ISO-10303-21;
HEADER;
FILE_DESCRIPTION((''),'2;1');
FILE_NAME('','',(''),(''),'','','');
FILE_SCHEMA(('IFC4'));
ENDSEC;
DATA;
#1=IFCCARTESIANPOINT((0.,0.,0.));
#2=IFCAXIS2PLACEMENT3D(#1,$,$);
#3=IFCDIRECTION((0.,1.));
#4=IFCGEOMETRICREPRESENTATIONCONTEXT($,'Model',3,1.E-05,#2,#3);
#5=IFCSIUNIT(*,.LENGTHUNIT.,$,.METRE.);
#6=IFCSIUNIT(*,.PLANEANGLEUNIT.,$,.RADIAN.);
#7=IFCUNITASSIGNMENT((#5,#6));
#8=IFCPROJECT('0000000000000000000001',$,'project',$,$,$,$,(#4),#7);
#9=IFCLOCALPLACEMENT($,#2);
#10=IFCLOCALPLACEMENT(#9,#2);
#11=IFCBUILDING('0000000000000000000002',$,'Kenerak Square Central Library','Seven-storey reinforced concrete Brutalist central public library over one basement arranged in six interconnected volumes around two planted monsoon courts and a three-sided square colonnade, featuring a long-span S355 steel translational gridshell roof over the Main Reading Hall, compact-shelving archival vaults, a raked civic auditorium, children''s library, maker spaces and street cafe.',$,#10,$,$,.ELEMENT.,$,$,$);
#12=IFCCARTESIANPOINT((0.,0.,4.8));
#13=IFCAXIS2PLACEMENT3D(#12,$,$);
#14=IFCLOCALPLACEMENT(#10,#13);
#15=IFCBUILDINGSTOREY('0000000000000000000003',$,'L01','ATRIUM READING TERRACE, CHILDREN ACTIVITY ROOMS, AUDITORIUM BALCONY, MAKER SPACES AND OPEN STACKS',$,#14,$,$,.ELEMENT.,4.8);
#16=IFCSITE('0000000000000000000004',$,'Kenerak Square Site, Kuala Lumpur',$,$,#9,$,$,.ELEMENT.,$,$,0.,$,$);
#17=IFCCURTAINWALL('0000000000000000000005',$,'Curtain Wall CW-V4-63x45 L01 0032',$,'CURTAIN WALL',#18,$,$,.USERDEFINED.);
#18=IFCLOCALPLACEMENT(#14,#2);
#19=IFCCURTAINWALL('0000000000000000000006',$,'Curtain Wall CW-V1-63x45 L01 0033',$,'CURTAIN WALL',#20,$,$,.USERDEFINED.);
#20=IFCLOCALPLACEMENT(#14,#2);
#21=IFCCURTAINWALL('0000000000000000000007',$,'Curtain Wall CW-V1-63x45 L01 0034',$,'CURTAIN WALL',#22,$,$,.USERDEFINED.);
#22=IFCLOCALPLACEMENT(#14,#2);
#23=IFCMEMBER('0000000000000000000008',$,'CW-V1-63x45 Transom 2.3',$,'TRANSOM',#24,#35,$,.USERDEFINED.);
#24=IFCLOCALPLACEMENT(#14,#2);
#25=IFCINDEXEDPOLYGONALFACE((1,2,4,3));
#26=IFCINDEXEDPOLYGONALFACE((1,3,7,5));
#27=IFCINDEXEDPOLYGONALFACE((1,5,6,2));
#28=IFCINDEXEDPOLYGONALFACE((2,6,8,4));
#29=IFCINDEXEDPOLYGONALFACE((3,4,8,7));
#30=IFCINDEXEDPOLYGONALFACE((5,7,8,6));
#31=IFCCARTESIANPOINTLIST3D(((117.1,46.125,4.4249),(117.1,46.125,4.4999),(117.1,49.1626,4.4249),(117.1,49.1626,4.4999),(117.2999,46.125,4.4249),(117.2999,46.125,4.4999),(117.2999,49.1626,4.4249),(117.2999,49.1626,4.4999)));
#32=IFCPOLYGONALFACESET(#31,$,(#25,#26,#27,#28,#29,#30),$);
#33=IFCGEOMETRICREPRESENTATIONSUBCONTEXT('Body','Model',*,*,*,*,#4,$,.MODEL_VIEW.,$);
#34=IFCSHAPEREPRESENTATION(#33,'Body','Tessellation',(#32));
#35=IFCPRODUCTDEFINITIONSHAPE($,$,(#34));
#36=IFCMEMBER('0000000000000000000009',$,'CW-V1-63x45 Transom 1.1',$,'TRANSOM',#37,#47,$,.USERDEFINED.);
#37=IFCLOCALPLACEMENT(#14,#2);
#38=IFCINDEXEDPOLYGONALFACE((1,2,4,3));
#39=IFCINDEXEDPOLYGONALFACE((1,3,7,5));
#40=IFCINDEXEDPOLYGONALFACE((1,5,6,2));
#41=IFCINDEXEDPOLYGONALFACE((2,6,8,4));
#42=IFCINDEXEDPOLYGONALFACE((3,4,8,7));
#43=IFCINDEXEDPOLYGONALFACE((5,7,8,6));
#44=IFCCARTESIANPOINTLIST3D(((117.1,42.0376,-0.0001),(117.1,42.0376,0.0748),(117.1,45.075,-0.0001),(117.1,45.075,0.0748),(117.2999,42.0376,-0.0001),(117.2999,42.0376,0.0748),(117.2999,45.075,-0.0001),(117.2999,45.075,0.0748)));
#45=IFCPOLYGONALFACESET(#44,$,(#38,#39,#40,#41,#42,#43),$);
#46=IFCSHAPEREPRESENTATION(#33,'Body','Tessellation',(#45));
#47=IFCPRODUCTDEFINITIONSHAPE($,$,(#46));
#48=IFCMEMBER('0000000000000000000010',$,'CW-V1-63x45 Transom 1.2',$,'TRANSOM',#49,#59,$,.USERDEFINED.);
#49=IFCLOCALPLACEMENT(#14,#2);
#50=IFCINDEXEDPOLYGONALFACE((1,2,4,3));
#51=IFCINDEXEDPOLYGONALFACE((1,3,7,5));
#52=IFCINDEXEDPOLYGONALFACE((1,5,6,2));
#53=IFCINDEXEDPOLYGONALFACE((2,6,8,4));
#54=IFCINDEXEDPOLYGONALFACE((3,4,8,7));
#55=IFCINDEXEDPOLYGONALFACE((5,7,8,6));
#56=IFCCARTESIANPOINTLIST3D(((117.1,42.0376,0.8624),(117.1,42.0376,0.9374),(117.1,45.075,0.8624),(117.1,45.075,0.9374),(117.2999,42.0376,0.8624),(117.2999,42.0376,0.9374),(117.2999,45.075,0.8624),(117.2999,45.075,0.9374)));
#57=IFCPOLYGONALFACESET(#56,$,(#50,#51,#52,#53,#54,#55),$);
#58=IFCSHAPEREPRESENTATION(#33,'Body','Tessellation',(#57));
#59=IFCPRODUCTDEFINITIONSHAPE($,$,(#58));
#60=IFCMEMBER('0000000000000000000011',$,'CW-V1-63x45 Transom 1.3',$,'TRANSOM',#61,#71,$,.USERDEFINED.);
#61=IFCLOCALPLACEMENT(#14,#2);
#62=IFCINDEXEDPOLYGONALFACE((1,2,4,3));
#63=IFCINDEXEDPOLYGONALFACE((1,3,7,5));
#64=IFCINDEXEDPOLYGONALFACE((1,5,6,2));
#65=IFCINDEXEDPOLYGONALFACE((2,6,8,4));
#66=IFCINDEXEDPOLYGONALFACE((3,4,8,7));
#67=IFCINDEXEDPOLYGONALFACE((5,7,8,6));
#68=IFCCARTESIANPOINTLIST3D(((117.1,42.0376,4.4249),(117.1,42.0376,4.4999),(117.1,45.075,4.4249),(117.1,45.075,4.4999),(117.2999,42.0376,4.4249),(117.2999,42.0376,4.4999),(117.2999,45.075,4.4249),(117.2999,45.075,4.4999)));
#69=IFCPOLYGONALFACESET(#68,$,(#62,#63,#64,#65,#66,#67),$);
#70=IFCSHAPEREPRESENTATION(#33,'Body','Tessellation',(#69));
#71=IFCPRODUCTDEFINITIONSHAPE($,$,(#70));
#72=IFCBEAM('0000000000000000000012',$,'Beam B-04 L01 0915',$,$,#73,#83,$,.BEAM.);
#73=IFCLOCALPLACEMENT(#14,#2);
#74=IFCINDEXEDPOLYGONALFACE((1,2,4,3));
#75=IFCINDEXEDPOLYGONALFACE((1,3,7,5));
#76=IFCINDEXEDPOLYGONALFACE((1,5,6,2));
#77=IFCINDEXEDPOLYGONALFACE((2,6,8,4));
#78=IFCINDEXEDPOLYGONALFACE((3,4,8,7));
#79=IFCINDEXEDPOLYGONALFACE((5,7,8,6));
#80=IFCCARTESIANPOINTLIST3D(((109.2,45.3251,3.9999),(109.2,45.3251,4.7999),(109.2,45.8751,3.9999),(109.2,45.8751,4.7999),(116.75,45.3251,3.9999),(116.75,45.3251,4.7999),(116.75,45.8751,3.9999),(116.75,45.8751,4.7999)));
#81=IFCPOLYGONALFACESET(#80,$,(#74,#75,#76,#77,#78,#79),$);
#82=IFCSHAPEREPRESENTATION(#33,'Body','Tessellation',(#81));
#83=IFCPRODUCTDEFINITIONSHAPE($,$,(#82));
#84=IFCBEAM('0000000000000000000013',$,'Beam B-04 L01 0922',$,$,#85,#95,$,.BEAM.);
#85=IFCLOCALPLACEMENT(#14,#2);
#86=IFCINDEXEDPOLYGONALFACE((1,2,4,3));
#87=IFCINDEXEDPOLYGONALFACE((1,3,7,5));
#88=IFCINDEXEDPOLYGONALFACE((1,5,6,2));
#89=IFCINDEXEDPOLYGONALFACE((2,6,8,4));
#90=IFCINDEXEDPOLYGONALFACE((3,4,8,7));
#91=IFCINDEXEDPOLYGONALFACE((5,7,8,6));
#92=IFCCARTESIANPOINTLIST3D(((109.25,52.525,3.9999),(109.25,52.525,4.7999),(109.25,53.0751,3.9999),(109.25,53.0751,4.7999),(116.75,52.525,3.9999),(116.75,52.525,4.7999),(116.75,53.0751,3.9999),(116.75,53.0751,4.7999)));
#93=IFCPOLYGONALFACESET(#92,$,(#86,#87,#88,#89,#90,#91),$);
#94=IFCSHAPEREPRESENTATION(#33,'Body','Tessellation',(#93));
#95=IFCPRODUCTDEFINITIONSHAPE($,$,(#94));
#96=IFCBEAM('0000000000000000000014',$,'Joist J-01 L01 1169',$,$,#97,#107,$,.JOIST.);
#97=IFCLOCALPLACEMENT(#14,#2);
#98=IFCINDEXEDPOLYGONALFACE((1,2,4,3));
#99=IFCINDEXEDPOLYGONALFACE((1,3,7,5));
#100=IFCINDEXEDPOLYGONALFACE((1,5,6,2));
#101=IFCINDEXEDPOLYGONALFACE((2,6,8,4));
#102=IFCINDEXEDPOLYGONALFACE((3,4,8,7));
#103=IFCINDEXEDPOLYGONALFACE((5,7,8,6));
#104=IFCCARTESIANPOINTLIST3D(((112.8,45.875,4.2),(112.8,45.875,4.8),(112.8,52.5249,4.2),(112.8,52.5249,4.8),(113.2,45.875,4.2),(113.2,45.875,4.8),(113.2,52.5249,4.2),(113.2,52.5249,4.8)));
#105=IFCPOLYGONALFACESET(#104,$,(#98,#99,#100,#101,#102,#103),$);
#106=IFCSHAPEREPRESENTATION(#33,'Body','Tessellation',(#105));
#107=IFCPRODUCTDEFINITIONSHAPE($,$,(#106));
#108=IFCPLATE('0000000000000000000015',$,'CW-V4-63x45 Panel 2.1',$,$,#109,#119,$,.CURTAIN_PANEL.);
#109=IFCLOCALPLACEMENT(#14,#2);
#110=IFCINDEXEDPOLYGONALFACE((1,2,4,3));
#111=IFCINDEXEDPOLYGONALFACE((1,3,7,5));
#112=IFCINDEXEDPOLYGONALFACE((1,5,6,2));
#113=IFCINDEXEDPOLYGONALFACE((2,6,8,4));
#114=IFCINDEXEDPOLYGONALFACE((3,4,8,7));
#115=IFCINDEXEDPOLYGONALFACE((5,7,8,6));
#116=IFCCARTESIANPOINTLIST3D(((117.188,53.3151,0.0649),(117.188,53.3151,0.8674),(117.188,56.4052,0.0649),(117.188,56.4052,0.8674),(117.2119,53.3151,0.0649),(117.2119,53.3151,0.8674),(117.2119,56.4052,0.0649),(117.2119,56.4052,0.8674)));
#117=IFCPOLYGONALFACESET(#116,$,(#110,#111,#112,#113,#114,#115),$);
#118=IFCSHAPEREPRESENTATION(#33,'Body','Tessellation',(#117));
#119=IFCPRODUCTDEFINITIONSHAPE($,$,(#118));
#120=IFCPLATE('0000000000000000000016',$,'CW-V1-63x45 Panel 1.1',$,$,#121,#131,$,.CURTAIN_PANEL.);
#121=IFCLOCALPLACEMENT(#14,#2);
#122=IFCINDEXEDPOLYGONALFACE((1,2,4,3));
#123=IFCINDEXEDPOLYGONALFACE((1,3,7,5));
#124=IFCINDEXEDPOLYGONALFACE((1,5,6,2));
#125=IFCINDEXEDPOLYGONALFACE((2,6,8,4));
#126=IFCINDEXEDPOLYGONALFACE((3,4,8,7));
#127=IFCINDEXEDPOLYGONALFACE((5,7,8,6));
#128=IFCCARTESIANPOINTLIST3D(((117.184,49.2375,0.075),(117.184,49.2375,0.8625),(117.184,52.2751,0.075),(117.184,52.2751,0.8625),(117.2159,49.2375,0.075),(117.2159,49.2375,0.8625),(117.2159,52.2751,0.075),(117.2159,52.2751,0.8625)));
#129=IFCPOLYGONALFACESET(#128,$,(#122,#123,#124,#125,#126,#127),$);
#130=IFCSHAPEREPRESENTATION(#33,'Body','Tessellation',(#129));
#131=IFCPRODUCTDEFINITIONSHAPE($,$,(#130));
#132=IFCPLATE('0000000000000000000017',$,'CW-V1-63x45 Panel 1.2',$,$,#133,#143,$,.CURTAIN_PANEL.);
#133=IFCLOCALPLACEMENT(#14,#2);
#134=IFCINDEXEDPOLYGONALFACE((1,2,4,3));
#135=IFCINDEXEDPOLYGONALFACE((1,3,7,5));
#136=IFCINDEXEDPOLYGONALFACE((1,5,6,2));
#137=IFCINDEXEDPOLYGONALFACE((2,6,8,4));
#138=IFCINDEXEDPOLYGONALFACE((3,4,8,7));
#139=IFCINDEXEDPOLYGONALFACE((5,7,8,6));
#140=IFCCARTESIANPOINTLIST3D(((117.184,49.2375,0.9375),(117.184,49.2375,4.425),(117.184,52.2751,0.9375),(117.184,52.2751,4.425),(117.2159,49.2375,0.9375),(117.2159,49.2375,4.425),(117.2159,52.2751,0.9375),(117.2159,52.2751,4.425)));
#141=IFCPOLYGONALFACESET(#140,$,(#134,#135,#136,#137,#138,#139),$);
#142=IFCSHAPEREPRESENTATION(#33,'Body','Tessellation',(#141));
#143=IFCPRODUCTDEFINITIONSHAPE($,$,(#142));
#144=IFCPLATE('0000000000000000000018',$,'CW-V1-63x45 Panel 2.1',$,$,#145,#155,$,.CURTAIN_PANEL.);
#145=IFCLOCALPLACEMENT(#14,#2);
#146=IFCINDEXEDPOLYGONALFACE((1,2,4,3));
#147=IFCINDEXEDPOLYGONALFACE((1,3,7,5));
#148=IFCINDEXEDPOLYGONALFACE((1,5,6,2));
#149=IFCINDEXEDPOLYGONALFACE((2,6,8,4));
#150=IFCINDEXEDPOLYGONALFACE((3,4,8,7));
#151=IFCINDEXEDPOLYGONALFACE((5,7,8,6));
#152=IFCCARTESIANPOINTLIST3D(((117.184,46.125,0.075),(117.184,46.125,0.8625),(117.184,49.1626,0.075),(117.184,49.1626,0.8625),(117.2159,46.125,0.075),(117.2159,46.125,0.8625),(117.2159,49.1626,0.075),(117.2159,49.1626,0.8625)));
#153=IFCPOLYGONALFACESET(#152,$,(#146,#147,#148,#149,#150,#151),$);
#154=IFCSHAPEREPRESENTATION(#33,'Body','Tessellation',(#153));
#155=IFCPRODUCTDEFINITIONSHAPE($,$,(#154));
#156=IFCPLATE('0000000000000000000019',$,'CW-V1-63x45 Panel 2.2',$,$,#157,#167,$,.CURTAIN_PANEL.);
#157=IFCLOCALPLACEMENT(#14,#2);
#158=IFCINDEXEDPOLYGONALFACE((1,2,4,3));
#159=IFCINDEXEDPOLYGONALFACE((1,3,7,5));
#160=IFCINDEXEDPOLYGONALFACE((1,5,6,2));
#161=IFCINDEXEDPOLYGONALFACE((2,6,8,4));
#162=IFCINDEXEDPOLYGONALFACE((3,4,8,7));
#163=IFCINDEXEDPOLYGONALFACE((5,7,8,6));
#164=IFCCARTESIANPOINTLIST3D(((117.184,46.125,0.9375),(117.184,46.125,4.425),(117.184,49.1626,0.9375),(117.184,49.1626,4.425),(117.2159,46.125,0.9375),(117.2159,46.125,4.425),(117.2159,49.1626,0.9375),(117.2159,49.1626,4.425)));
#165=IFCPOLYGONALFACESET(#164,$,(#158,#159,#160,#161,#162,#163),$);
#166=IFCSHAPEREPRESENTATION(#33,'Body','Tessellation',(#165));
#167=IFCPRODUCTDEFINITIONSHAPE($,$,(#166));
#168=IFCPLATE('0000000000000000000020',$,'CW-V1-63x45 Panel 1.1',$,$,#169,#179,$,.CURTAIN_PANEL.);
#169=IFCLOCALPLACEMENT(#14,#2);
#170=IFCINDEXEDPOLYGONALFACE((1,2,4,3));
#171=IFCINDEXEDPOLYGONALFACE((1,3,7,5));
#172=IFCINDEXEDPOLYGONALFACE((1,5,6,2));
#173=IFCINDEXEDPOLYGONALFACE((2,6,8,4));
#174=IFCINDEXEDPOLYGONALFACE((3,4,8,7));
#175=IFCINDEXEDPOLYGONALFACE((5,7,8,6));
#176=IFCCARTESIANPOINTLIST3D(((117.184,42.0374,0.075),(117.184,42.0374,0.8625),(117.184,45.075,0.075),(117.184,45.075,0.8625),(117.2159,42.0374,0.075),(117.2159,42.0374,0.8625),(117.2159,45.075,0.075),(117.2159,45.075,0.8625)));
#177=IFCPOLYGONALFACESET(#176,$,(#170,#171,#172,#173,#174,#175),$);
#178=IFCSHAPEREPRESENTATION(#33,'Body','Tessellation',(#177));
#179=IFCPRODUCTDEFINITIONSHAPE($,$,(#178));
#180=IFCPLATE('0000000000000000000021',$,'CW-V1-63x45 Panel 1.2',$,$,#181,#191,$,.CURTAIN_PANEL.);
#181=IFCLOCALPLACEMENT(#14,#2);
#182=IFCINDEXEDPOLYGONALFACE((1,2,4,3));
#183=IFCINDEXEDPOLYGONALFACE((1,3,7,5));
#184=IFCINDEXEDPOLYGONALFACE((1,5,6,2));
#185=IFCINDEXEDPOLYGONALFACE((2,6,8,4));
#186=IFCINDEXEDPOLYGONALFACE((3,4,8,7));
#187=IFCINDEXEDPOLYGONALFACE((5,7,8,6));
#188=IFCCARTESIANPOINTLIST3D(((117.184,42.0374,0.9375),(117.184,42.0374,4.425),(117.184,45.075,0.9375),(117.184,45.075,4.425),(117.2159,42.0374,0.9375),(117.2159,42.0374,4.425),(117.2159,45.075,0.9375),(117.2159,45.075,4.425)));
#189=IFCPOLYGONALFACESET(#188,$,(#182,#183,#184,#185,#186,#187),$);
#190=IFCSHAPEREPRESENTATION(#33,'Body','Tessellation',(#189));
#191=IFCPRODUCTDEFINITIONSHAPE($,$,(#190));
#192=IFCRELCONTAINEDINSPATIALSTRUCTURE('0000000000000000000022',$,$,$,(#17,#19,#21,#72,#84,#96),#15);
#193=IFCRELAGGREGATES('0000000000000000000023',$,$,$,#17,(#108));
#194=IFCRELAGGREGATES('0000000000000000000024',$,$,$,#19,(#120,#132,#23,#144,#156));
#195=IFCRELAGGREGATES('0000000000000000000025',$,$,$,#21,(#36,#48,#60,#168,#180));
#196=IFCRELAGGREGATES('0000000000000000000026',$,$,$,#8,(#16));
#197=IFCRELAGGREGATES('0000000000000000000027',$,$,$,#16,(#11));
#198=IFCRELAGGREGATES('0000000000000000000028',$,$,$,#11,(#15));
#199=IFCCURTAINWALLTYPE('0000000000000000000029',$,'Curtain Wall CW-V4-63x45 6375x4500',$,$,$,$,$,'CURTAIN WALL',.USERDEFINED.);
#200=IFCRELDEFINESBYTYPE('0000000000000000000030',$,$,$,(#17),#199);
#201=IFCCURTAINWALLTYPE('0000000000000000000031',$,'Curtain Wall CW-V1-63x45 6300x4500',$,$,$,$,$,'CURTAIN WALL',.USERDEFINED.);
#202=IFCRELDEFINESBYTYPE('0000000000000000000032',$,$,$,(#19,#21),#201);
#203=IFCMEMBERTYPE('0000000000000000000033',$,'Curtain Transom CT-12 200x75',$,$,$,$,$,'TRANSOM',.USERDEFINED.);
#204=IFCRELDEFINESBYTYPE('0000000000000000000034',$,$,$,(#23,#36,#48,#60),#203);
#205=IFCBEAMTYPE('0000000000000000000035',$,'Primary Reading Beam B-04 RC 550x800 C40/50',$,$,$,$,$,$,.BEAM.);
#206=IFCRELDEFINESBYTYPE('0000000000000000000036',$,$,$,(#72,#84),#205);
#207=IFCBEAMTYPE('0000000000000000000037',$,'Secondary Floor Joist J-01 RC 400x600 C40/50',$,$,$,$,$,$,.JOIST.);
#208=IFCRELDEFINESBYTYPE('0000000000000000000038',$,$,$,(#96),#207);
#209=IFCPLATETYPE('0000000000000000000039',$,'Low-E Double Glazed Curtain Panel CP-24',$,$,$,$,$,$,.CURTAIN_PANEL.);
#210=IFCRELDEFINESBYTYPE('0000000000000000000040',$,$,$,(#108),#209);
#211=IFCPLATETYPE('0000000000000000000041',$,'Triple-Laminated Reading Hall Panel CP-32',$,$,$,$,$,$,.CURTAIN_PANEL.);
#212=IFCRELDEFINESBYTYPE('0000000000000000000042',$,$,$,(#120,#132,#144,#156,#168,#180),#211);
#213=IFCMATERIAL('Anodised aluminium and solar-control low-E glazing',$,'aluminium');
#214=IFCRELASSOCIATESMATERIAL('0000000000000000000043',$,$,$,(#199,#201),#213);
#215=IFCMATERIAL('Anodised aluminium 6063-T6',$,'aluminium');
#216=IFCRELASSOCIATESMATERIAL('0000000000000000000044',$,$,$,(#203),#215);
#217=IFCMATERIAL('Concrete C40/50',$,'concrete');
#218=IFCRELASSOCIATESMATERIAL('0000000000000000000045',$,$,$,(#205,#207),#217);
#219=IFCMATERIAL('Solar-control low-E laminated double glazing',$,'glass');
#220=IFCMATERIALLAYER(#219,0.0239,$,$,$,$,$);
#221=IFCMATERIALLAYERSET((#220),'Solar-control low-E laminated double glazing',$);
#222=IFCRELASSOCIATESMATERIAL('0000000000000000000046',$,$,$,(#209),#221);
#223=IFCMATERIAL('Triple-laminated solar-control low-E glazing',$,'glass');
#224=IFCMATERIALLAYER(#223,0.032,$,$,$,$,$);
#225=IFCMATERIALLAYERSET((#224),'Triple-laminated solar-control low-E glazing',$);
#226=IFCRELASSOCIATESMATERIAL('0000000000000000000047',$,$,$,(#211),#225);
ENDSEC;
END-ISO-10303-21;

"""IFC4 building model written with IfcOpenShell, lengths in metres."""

from ifc_helpers import new_model, si_unit, direction, frame, origin, origin_2d, place, context, subcontext, project, spatial, rectangle, extrude, material, layer, layer_set, material_profile, profile_set, type_object, element, aggregate, save


model = new_model("IFC4")

# Units and contexts
model_context = context("Model", 3, precision=1e-05, world=origin(), true_north=direction((0.0, 1.0)))
body_context = subcontext(model_context, "Body", "Model", "MODEL_VIEW")
ifc_project = project(units=[si_unit("LENGTHUNIT", "METRE"), si_unit("PLANEANGLEUNIT", "RADIAN")], contexts=[model_context])

# Site, building, storey
site_placement = place(None, origin())
site = spatial("IfcSite", under=ifc_project, at=site_placement, Name="Kenerak Square Site, Kuala Lumpur", CompositionType="ELEMENT", RefElevation=0.0)
building_placement = place(site_placement, origin())
building = spatial("IfcBuilding", under=site, at=building_placement, Name="Kenerak Square Central Library", Description="Seven-storey reinforced concrete Brutalist central public library over one basement arranged in six interconnected volumes around two planted monsoon courts and a three-sided square colonnade, featuring a long-span S355 steel translational gridshell roof over the Main Reading Hall, compact-shelving archival vaults, a raked civic auditorium, children's library, maker spaces and street cafe.", CompositionType="ELEMENT")
storey_placement = place(building_placement, frame((0.0, 0.0, 4.8)))
storey = spatial("IfcBuildingStorey", under=building, at=storey_placement, Name="L01", Description="ATRIUM READING TERRACE, CHILDREN ACTIVITY ROOMS, AUDITORIUM BALCONY, MAKER SPACES AND OPEN STACKS", CompositionType="ELEMENT", Elevation=4.8)

# Shared definitions
ifc_material_1 = material(Name="Concrete C40/50", Category="concrete")

# Curtain wall
ifc_material_2 = material(Name="Anodised aluminium and solar-control low-E glazing", Category="aluminium")
curtain_wall_type_1 = type_object("IfcCurtainWallType", Name="Curtain Wall CW-V4-63x45 6375x4500", ElementType="CURTAIN WALL", PredefinedType="USERDEFINED", material=ifc_material_2)
curtain_wall_1_placement = place(storey_placement, origin())
curtain_wall_1 = element("IfcCurtainWall", 1, at=curtain_wall_1_placement, inside=storey, type_object=curtain_wall_type_1, Name="Curtain Wall CW-V4-63x45 L01 0032", ObjectType="CURTAIN WALL", PredefinedType="USERDEFINED")
ifc_material_3 = material(Name="Anodised aluminium 6063-T6", Category="aluminium")

# Curtain wall
curtain_wall_type_2 = type_object("IfcCurtainWallType", Name="Curtain Wall CW-V1-63x45 6300x4500", ElementType="CURTAIN WALL", PredefinedType="USERDEFINED", material=ifc_material_2)
curtain_wall_2_placement = place(storey_placement, origin())
curtain_wall_2 = element("IfcCurtainWall", 2, at=curtain_wall_2_placement, inside=storey, type_object=curtain_wall_type_2, Name="Curtain Wall CW-V1-63x45 L01 0033", ObjectType="CURTAIN WALL", PredefinedType="USERDEFINED")

# Curtain wall
curtain_wall_3_placement = place(storey_placement, origin())
curtain_wall_3 = element("IfcCurtainWall", 3, at=curtain_wall_3_placement, inside=storey, type_object=curtain_wall_type_2, Name="Curtain Wall CW-V1-63x45 L01 0034", ObjectType="CURTAIN WALL", PredefinedType="USERDEFINED")

# Members
ifc_material_profile_1 = material_profile(ifc_material_3, rectangle(XDim=0.2, YDim=0.075, at=origin_2d()), Name="AL TRANSOM 200x75")
ifc_profile_set_1 = profile_set([ifc_material_profile_1], Name="Anodised aluminium 6063-T6")
member_type_1 = type_object("IfcMemberType", Name="Curtain Transom CT-12 200x75", ElementType="TRANSOM", PredefinedType="USERDEFINED", material=ifc_profile_set_1)
member_1_placement = place(storey_placement, frame((117.2, 49.1626, 4.4624), z_axis=(0.0, -1.0, 0.0), x_axis=(1.0, 0.0, 0.0)))
member_1 = element("IfcMember", 4, at=member_1_placement, type_object=member_type_1, Name="CW-V1-63x45 Transom 2.3", ObjectType="TRANSOM", PredefinedType="USERDEFINED", context=body_context, shape_type="SweptSolid", body=[
    extrude(rectangle(XDim=0.2, YDim=0.075, at=origin_2d()), origin(), (0.0, 0.0, 1.0), 3.0376),
])
member_2_placement = place(storey_placement, frame((117.2, 45.075, 0.0374), z_axis=(0.0, -1.0, 0.0), x_axis=(1.0, 0.0, 0.0)))
member_2 = element("IfcMember", 5, at=member_2_placement, type_object=member_type_1, Name="CW-V1-63x45 Transom 1.1", ObjectType="TRANSOM", PredefinedType="USERDEFINED", context=body_context, shape_type="SweptSolid", body=[
    extrude(rectangle(XDim=0.2, YDim=0.075, at=origin_2d()), origin(), (0.0, 0.0, 1.0), 3.0374),
])
member_3_placement = place(storey_placement, frame((117.2, 45.075, 0.8999), z_axis=(0.0, -1.0, 0.0), x_axis=(1.0, 0.0, 0.0)))
member_3 = element("IfcMember", 6, at=member_3_placement, type_object=member_type_1, Name="CW-V1-63x45 Transom 1.2", ObjectType="TRANSOM", PredefinedType="USERDEFINED", context=body_context, shape_type="SweptSolid", body=[
    extrude(rectangle(XDim=0.2, YDim=0.075, at=origin_2d()), origin(), (0.0, 0.0, 1.0), 3.0374),
])
member_4_placement = place(storey_placement, frame((117.2, 45.075, 4.4624), z_axis=(0.0, -1.0, 0.0), x_axis=(1.0, 0.0, 0.0)))
member_4 = element("IfcMember", 7, at=member_4_placement, type_object=member_type_1, Name="CW-V1-63x45 Transom 1.3", ObjectType="TRANSOM", PredefinedType="USERDEFINED", context=body_context, shape_type="SweptSolid", body=[
    extrude(rectangle(XDim=0.2, YDim=0.075, at=origin_2d()), origin(), (0.0, 0.0, 1.0), 3.0374),
])

# Beams
ifc_material_profile_2 = material_profile(ifc_material_1, rectangle(XDim=0.55, YDim=0.8, at=origin_2d()), Name="RC 550x800")
ifc_profile_set_2 = profile_set([ifc_material_profile_2], Name="Concrete C40/50")
beam_type_1 = type_object("IfcBeamType", Name="Primary Reading Beam B-04 RC 550x800 C40/50", PredefinedType="BEAM", material=ifc_profile_set_2)
beam_1_placement = place(storey_placement, frame((109.2, 45.6001, 4.3999), z_axis=(1.0, 0.0, 0.0), x_axis=(0.0, 1.0, 0.0)))
element("IfcBeam", 8, at=beam_1_placement, inside=storey, type_object=beam_type_1, Name="Beam B-04 L01 0915", PredefinedType="BEAM", context=body_context, shape_type="SweptSolid", body=[
    extrude(rectangle(XDim=0.55, YDim=0.8, at=origin_2d()), origin(), (0.0, 0.0, 1.0), 7.55),
])
beam_2_placement = place(storey_placement, frame((109.25, 52.8, 4.3999), z_axis=(1.0, 0.0, 0.0), x_axis=(0.0, 1.0, 0.0)))
element("IfcBeam", 9, at=beam_2_placement, inside=storey, type_object=beam_type_1, Name="Beam B-04 L01 0922", PredefinedType="BEAM", context=body_context, shape_type="SweptSolid", body=[
    extrude(rectangle(XDim=0.55, YDim=0.8, at=origin_2d()), origin(), (0.0, 0.0, 1.0), 7.5),
])
ifc_material_profile_3 = material_profile(ifc_material_1, rectangle(XDim=0.3999, YDim=0.6001, at=origin_2d()), Name="RC 400x600")
ifc_profile_set_3 = profile_set([ifc_material_profile_3], Name="Concrete C40/50")
beam_type_2 = type_object("IfcBeamType", Name="Secondary Floor Joist J-01 RC 400x600 C40/50", PredefinedType="JOIST", material=ifc_profile_set_3)
beam_3_placement = place(storey_placement, frame((113.0, 45.875, 4.5), z_axis=(0.0, 1.0, 0.0), x_axis=(-1.0, 0.0, 0.0)))
element("IfcBeam", 10, at=beam_3_placement, inside=storey, type_object=beam_type_2, Name="Joist J-01 L01 1169", PredefinedType="JOIST", context=body_context, shape_type="SweptSolid", body=[
    extrude(rectangle(XDim=0.3999, YDim=0.6001, at=origin_2d()), origin(), (0.0, 0.0, 1.0), 6.6499),
])

# Plates
ifc_material_4 = material(Name="Solar-control low-E laminated double glazing", Category="glass")
ifc_layer_1 = layer(ifc_material_4, 0.0239)
ifc_layer_set_1 = layer_set([ifc_layer_1], Name="Solar-control low-E laminated double glazing")
plate_type_1 = type_object("IfcPlateType", Name="Low-E Double Glazed Curtain Panel CP-24", PredefinedType="CURTAIN_PANEL", material=ifc_layer_set_1)
plate_1_placement = place(storey_placement, frame((117.2, 54.8601, 0.0649), z_axis=(0.0, 0.0, 1.0), x_axis=(0.0, -1.0, 0.0)))
plate_1 = element("IfcPlate", 11, at=plate_1_placement, type_object=plate_type_1, Name="CW-V4-63x45 Panel 2.1", PredefinedType="CURTAIN_PANEL", context=body_context, shape_type="SweptSolid", body=[
    extrude(rectangle(XDim=3.0901, YDim=0.0239, at=origin_2d()), origin(), (0.0, 0.0, 1.0), 0.8025),
])
aggregate(curtain_wall_1, [plate_1])
ifc_material_5 = material(Name="Triple-laminated solar-control low-E glazing", Category="glass")
ifc_layer_2 = layer(ifc_material_5, 0.032)
ifc_layer_set_2 = layer_set([ifc_layer_2], Name="Triple-laminated solar-control low-E glazing")
plate_type_2 = type_object("IfcPlateType", Name="Triple-Laminated Reading Hall Panel CP-32", PredefinedType="CURTAIN_PANEL", material=ifc_layer_set_2)
plate_2_placement = place(storey_placement, frame((117.2, 50.7563, 0.075), z_axis=(0.0, 0.0, 1.0), x_axis=(0.0, -1.0, 0.0)))
plate_2 = element("IfcPlate", 12, at=plate_2_placement, type_object=plate_type_2, Name="CW-V1-63x45 Panel 1.1", PredefinedType="CURTAIN_PANEL", context=body_context, shape_type="SweptSolid", body=[
    extrude(rectangle(XDim=3.0376, YDim=0.032, at=origin_2d()), origin(), (0.0, 0.0, 1.0), 0.7876),
])
plate_3_placement = place(storey_placement, frame((117.2, 50.7563, 0.9375), z_axis=(0.0, 0.0, 1.0), x_axis=(0.0, -1.0, 0.0)))
plate_3 = element("IfcPlate", 13, at=plate_3_placement, type_object=plate_type_2, Name="CW-V1-63x45 Panel 1.2", PredefinedType="CURTAIN_PANEL", context=body_context, shape_type="SweptSolid", body=[
    extrude(rectangle(XDim=3.0376, YDim=0.032, at=origin_2d()), origin(), (0.0, 0.0, 1.0), 3.4875),
])
plate_4_placement = place(storey_placement, frame((117.2, 47.6438, 0.075), z_axis=(0.0, 0.0, 1.0), x_axis=(0.0, -1.0, 0.0)))
plate_4 = element("IfcPlate", 14, at=plate_4_placement, type_object=plate_type_2, Name="CW-V1-63x45 Panel 2.1", PredefinedType="CURTAIN_PANEL", context=body_context, shape_type="SweptSolid", body=[
    extrude(rectangle(XDim=3.0376, YDim=0.032, at=origin_2d()), origin(), (0.0, 0.0, 1.0), 0.7876),
])
plate_5_placement = place(storey_placement, frame((117.2, 47.6438, 0.9375), z_axis=(0.0, 0.0, 1.0), x_axis=(0.0, -1.0, 0.0)))
plate_5 = element("IfcPlate", 15, at=plate_5_placement, type_object=plate_type_2, Name="CW-V1-63x45 Panel 2.2", PredefinedType="CURTAIN_PANEL", context=body_context, shape_type="SweptSolid", body=[
    extrude(rectangle(XDim=3.0376, YDim=0.032, at=origin_2d()), origin(), (0.0, 0.0, 1.0), 3.4875),
])
aggregate(curtain_wall_2, [plate_2, plate_3, member_1, plate_4, plate_5])
plate_6_placement = place(storey_placement, frame((117.2, 43.5562, 0.075), z_axis=(0.0, 0.0, 1.0), x_axis=(0.0, -1.0, 0.0)))
plate_6 = element("IfcPlate", 16, at=plate_6_placement, type_object=plate_type_2, Name="CW-V1-63x45 Panel 1.1", PredefinedType="CURTAIN_PANEL", context=body_context, shape_type="SweptSolid", body=[
    extrude(rectangle(XDim=3.0376, YDim=0.032, at=origin_2d()), origin(), (0.0, 0.0, 1.0), 0.7876),
])
plate_7_placement = place(storey_placement, frame((117.2, 43.5562, 0.9375), z_axis=(0.0, 0.0, 1.0), x_axis=(0.0, -1.0, 0.0)))
plate_7 = element("IfcPlate", 17, at=plate_7_placement, type_object=plate_type_2, Name="CW-V1-63x45 Panel 1.2", PredefinedType="CURTAIN_PANEL", context=body_context, shape_type="SweptSolid", body=[
    extrude(rectangle(XDim=3.0376, YDim=0.032, at=origin_2d()), origin(), (0.0, 0.0, 1.0), 3.4875),
])
aggregate(curtain_wall_3, [member_2, member_3, member_4, plate_6, plate_7])

save(model, "model.ifc")
